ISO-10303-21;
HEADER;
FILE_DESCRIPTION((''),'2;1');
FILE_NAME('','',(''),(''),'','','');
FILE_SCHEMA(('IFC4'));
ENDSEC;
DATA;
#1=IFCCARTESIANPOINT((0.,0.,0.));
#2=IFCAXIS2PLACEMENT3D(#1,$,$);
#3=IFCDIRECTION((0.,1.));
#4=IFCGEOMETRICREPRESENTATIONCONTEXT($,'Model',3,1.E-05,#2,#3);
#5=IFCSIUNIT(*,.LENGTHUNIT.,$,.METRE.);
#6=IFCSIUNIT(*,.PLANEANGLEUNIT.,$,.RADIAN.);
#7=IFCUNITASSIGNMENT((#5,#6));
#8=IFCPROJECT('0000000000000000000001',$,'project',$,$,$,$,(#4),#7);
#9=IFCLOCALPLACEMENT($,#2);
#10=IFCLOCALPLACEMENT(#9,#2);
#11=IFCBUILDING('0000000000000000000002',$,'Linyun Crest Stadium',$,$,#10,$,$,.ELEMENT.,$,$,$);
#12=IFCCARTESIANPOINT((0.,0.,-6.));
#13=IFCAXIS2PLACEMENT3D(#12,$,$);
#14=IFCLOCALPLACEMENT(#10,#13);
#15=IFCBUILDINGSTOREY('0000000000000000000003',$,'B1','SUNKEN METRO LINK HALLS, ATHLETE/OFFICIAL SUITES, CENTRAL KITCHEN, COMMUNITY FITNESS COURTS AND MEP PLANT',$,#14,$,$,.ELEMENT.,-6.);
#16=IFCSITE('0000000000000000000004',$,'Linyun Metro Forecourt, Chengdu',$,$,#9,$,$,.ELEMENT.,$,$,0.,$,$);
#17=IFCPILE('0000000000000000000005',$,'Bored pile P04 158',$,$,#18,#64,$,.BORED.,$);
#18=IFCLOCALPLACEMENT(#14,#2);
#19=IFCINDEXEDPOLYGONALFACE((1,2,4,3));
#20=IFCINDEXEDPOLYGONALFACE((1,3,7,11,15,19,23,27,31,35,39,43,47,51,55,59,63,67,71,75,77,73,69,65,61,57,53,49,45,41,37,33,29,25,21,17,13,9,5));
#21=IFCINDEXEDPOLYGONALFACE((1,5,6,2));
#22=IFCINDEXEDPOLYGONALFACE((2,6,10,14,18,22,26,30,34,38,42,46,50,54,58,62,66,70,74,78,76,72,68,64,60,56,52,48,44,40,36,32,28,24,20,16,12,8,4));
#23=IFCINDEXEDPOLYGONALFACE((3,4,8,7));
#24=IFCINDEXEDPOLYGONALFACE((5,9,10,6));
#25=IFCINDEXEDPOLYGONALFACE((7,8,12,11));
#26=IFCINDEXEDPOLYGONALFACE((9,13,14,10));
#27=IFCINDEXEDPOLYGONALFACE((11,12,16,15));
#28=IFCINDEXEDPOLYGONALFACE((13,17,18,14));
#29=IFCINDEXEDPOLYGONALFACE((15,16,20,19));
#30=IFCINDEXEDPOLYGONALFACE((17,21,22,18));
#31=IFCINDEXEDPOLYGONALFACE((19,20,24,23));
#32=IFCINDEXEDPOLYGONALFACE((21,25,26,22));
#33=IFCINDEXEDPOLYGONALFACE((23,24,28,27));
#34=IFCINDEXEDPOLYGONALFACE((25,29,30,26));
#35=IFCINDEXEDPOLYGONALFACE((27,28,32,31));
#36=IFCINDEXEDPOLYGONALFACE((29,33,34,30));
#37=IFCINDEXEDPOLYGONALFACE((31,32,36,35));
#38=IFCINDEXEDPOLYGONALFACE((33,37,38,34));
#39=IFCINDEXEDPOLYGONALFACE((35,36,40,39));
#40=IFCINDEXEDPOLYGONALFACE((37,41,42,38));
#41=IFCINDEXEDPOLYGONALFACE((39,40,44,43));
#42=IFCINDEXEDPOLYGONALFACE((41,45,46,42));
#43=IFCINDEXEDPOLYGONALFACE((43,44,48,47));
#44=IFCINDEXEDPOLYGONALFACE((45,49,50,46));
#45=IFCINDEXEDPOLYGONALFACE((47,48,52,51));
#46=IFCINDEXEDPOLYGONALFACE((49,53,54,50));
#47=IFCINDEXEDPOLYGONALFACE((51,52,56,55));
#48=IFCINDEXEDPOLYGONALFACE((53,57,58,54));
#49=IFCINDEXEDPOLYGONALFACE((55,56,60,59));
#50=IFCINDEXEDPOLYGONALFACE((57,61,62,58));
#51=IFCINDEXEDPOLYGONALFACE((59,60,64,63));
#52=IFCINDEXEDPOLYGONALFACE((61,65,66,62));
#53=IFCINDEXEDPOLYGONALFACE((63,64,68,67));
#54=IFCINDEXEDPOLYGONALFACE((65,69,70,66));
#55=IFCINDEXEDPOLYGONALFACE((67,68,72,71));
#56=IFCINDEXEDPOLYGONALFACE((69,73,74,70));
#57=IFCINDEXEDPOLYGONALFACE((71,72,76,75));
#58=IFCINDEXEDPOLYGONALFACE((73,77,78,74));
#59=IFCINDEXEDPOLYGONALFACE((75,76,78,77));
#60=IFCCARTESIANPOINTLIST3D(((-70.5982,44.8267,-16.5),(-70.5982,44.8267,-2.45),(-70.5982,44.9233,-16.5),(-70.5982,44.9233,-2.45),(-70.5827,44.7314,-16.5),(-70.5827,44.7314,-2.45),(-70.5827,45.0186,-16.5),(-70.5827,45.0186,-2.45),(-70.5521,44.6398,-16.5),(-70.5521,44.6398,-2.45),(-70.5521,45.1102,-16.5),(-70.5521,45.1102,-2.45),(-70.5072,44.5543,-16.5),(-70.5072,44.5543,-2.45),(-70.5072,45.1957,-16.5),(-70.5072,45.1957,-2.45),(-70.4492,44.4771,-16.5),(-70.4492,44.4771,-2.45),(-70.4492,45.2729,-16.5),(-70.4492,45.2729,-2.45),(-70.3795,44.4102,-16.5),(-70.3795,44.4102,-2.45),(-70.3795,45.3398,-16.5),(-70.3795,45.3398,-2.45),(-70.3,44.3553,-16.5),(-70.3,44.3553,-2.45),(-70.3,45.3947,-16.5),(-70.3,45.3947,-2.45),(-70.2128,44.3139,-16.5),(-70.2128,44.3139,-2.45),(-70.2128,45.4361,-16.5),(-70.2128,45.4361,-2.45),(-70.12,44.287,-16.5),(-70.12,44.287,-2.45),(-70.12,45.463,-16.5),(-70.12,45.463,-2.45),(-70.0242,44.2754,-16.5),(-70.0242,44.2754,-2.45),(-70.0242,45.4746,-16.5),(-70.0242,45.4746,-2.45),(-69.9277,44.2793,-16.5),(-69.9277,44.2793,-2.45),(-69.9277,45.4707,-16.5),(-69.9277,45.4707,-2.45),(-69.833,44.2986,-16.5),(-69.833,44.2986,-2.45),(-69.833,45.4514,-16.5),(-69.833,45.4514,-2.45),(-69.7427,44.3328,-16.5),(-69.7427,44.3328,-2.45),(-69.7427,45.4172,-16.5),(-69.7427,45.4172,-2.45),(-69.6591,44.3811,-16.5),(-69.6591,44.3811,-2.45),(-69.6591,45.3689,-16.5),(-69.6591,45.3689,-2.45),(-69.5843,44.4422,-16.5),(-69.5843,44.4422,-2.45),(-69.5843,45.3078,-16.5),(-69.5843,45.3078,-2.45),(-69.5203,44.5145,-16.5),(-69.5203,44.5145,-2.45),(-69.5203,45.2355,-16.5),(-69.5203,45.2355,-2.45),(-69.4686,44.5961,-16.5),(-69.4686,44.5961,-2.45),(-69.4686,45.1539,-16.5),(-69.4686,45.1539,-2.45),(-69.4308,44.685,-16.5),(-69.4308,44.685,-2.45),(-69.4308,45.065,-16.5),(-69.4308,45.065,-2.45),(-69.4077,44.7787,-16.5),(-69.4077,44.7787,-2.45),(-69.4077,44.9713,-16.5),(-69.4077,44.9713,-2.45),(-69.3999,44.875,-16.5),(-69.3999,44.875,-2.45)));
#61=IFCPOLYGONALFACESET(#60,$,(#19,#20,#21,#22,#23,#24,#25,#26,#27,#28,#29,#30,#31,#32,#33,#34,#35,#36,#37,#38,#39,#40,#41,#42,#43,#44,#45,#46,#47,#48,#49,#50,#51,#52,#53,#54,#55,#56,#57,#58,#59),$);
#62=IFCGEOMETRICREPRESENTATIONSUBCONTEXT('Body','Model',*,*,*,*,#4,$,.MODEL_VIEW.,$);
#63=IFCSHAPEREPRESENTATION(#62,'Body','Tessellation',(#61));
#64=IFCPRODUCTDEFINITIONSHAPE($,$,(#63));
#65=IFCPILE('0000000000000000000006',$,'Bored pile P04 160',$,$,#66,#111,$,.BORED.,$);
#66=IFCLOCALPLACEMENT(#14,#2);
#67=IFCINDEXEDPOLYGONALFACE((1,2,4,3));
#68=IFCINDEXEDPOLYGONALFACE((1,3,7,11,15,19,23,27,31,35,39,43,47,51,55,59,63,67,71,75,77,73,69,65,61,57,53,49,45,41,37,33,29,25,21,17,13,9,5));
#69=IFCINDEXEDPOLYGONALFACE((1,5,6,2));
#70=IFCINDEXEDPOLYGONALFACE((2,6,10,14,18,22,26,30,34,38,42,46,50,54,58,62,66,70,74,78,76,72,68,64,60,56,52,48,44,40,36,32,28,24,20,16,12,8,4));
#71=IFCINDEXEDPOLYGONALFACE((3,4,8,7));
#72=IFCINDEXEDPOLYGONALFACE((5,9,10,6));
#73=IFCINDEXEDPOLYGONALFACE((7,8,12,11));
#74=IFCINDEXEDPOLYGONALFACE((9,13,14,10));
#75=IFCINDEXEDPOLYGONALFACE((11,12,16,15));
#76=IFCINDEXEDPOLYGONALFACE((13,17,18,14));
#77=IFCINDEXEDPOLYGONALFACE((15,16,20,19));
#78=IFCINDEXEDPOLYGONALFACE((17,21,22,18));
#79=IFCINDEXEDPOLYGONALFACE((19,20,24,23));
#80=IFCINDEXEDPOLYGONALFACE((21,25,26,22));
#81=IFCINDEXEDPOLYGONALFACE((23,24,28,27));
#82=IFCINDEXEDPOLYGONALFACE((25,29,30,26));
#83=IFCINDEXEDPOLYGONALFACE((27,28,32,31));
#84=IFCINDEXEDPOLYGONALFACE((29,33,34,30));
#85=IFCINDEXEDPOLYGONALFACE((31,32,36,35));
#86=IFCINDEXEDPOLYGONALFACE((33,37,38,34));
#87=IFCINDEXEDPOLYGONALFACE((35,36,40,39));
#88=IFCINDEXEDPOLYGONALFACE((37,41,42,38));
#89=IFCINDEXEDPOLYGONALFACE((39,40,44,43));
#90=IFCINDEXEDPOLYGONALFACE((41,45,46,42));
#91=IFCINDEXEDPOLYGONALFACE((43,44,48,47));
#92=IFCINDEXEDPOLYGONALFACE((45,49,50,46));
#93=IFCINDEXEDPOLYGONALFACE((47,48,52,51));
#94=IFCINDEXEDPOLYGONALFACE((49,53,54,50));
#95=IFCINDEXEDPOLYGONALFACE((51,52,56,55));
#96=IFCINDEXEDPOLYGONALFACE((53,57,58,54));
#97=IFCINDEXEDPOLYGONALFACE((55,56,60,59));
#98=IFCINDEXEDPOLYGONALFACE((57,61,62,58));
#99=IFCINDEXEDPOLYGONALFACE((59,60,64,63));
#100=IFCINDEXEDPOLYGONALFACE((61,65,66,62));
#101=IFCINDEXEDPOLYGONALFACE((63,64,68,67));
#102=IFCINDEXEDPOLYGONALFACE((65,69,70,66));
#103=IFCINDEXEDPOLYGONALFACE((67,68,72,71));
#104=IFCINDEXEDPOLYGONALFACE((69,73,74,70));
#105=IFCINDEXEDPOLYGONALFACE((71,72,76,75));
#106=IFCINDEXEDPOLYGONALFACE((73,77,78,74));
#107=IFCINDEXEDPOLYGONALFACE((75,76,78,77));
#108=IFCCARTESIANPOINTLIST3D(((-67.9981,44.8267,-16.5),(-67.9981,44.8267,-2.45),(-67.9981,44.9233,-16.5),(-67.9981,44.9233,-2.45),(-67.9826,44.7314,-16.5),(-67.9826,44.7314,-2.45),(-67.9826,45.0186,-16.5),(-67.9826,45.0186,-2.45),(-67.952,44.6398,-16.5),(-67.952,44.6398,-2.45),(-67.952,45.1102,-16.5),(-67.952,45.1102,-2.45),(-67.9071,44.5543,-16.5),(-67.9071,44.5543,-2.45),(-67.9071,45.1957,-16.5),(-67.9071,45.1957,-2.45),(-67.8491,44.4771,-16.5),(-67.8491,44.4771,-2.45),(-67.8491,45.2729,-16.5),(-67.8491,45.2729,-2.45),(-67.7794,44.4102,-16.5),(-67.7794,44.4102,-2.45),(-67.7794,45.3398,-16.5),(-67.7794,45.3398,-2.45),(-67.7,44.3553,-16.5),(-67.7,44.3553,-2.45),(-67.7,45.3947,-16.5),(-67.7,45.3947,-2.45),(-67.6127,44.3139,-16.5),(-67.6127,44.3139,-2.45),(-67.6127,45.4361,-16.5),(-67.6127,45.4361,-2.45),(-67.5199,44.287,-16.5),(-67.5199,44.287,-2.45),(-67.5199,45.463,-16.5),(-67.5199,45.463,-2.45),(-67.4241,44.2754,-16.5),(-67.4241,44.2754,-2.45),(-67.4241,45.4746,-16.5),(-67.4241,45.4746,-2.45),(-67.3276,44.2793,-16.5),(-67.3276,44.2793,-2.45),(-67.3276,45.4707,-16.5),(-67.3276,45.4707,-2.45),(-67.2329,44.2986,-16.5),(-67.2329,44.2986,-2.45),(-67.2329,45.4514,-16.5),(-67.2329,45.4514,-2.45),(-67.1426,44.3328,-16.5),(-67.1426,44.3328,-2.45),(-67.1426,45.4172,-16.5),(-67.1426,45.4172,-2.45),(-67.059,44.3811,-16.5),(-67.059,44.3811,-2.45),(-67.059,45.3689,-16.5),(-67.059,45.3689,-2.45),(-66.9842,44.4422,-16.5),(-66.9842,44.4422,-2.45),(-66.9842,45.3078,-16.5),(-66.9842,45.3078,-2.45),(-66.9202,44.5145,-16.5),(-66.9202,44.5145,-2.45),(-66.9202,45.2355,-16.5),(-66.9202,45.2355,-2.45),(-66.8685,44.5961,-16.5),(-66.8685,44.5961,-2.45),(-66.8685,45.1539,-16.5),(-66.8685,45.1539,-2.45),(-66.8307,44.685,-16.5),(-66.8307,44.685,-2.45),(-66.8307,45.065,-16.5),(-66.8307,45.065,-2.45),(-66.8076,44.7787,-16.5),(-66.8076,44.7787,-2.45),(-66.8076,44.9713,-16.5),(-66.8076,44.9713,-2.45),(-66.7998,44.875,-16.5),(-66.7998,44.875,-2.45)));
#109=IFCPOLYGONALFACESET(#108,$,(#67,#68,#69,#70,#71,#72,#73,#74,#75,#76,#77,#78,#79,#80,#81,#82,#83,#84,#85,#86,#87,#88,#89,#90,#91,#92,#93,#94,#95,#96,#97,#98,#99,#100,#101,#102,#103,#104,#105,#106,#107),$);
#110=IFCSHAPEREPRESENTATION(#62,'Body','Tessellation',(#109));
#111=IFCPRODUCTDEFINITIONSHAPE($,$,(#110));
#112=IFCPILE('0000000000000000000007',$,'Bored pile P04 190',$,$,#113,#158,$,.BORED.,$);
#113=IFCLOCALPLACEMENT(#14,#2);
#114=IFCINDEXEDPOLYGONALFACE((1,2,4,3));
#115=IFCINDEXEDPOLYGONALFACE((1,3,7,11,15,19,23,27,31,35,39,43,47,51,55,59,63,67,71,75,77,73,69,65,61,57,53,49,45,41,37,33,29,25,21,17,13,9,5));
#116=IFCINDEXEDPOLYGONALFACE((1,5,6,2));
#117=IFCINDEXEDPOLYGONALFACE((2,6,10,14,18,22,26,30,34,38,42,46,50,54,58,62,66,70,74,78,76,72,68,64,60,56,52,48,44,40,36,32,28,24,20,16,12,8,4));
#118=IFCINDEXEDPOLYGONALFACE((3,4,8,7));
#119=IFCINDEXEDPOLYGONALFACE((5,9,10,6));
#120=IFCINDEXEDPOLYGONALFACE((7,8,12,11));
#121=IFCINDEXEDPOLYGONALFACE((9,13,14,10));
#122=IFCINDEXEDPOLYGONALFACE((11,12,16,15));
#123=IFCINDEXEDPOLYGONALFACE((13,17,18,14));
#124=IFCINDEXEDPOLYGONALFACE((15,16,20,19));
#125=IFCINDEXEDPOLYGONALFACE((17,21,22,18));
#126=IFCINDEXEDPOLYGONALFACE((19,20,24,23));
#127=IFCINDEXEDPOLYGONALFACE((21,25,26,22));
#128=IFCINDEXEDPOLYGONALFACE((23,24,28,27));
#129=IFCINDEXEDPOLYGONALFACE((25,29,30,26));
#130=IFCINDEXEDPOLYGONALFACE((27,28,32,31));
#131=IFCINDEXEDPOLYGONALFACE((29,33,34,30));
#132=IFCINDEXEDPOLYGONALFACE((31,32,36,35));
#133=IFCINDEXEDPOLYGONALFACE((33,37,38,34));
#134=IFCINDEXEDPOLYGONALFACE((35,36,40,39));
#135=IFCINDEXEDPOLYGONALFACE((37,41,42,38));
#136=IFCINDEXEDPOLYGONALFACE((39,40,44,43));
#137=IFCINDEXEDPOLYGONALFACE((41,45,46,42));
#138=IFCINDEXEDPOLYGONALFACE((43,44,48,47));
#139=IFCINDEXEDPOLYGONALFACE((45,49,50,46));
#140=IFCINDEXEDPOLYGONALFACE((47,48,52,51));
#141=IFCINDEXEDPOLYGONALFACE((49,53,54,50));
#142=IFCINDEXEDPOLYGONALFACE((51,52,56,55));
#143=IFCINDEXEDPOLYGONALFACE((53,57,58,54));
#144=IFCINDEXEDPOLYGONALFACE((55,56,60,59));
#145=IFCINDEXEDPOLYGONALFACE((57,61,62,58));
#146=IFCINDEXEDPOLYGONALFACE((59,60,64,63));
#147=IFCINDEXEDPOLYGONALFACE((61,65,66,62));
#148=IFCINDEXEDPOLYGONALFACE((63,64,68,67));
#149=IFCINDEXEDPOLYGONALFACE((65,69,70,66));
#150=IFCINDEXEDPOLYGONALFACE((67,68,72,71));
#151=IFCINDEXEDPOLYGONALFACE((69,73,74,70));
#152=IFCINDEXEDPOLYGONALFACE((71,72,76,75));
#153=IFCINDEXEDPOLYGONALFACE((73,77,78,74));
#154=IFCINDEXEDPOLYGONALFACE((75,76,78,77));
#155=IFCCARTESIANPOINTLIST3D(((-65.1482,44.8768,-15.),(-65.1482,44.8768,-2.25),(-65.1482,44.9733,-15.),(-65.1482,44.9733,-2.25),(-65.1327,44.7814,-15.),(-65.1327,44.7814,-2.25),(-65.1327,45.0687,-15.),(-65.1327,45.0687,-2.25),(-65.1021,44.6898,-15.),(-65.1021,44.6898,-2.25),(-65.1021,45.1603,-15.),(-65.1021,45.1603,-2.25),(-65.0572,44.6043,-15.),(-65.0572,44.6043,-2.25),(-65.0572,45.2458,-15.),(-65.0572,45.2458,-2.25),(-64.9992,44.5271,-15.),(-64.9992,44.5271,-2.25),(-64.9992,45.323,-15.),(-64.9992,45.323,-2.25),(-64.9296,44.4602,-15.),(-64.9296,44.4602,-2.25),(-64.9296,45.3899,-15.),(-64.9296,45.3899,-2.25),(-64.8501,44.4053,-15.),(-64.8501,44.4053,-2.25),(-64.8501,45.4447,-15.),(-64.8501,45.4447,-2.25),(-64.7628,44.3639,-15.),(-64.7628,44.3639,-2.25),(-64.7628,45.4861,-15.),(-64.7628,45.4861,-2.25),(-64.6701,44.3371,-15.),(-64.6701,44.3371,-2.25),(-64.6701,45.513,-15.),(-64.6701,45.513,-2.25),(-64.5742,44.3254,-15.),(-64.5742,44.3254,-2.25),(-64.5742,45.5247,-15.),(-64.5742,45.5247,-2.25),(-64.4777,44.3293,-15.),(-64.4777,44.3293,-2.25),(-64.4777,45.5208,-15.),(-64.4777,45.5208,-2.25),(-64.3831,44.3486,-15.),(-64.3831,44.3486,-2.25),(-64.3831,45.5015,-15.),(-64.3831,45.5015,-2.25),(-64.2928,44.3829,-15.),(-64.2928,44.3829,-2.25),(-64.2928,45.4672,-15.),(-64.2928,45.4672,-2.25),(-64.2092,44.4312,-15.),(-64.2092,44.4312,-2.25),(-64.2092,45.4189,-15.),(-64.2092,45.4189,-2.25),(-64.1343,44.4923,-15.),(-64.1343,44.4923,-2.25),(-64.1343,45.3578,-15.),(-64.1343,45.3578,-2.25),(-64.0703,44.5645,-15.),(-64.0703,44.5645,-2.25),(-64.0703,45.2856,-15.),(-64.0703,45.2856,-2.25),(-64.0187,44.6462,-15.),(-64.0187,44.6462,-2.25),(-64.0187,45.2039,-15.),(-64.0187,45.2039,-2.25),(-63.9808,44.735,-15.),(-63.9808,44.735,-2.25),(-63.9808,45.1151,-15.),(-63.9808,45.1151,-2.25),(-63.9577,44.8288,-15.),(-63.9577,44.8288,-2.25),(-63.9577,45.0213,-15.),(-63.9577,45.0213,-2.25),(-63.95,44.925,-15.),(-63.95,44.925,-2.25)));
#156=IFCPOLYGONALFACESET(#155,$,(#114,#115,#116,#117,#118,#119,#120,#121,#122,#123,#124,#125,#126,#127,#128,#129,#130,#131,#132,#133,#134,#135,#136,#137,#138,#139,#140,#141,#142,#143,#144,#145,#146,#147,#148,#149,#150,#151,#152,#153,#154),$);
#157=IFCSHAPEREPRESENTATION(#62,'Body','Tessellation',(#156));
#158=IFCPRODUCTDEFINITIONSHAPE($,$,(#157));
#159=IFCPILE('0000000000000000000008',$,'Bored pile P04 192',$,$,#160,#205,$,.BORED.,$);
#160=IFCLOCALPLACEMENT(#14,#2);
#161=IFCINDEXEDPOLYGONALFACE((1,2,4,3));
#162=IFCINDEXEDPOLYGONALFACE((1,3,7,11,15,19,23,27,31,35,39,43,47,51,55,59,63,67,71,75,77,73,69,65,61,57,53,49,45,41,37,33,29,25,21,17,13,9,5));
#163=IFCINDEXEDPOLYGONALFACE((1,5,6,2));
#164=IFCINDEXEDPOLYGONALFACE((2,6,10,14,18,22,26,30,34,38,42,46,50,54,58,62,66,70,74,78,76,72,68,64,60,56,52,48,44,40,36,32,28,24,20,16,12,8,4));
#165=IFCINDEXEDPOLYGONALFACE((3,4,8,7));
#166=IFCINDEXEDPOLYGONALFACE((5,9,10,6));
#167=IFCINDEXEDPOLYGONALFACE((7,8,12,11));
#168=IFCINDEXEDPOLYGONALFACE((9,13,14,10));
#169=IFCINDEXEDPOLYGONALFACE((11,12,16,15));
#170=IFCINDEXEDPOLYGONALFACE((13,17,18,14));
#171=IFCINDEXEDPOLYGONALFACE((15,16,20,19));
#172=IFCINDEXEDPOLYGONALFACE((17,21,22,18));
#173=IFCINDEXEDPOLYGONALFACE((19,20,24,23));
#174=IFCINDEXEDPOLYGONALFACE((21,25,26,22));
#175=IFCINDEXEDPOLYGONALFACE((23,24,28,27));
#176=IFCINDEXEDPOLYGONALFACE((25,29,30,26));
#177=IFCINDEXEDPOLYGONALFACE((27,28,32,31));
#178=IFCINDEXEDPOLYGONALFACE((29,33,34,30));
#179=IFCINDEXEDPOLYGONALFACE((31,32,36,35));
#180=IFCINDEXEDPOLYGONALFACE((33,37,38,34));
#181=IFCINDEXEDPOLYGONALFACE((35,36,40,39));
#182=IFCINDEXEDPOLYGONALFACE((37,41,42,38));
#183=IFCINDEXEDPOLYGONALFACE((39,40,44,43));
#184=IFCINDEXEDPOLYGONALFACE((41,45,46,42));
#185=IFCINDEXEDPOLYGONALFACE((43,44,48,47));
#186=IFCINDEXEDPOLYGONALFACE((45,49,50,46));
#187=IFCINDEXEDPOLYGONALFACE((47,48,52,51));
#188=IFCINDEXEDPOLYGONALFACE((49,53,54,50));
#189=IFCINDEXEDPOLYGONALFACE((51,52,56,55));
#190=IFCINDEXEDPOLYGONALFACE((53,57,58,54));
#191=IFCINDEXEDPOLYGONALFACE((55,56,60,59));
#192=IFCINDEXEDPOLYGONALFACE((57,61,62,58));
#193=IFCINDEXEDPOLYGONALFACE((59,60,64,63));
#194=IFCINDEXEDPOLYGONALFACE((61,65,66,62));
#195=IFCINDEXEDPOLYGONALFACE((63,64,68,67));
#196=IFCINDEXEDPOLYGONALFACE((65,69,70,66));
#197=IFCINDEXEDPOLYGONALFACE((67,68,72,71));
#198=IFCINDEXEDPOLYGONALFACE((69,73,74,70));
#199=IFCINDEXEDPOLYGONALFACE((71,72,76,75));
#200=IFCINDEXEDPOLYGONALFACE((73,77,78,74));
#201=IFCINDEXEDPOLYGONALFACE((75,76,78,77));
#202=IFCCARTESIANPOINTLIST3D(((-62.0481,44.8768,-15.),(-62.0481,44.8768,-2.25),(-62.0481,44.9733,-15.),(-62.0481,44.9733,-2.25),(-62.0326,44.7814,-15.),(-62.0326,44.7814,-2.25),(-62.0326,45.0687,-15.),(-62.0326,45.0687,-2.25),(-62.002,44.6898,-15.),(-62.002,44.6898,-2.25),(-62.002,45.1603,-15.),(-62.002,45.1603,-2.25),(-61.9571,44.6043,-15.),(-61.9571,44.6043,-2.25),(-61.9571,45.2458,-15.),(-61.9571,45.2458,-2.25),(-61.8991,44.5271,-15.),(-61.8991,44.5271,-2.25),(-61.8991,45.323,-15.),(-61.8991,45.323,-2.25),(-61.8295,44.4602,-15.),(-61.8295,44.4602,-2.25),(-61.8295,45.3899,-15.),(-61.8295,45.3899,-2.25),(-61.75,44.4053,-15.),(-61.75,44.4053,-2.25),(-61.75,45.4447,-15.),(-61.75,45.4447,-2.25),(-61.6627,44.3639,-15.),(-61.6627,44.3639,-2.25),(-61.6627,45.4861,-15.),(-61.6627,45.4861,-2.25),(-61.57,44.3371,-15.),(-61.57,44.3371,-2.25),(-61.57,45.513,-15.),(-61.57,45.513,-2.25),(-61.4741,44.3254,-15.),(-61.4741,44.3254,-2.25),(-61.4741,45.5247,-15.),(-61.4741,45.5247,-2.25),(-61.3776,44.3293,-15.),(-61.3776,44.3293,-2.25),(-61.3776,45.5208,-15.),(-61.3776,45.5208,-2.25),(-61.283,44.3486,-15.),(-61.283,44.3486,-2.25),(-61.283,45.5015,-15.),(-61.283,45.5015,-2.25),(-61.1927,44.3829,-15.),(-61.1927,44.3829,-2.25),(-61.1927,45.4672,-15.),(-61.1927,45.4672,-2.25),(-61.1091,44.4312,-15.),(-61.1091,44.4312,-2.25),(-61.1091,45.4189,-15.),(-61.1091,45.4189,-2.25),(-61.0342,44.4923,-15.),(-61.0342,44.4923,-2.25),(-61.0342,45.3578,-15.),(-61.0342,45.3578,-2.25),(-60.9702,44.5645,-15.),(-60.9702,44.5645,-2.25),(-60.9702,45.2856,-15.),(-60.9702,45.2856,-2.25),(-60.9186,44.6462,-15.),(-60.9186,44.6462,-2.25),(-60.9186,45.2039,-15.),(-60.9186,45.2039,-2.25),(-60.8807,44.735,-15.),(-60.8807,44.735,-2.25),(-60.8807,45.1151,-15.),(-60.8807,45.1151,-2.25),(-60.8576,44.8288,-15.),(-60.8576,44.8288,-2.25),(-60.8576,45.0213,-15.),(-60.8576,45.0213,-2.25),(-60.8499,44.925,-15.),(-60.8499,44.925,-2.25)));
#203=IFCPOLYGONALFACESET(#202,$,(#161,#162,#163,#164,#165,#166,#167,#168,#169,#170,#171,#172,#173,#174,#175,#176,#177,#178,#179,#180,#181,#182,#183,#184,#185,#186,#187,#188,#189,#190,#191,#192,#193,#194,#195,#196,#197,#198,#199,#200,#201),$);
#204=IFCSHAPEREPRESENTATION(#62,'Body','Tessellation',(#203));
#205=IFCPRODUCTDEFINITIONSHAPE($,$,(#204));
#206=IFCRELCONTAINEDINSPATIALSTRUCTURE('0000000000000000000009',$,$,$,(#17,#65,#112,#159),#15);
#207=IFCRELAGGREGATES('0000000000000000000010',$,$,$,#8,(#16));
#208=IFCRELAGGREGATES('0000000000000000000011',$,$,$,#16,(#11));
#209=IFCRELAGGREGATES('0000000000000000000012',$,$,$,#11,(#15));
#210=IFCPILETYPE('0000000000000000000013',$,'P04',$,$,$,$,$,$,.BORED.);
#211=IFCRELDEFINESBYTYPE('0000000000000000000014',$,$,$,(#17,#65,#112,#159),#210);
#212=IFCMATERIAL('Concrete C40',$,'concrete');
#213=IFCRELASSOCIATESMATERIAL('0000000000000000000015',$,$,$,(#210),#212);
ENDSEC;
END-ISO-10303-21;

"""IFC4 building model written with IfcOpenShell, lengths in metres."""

from ifc_helpers import new_model, si_unit, direction, frame, origin, origin_2d, place, context, subcontext, project, spatial, circle, extrude, material, material_profile, profile_set, type_object, element, save


model = new_model("IFC4")

# Units and contexts
model_context = context("Model", 3, precision=1e-05, world=origin(), true_north=direction((0.0, 1.0)))
body_context = subcontext(model_context, "Body", "Model", "MODEL_VIEW")
ifc_project = project(units=[si_unit("LENGTHUNIT", "METRE"), si_unit("PLANEANGLEUNIT", "RADIAN")], contexts=[model_context])

# Site, building, storey
site_placement = place(None, origin())
site = spatial("IfcSite", under=ifc_project, at=site_placement, Name="Linyun Metro Forecourt, Chengdu", CompositionType="ELEMENT", RefElevation=0.0)
building_placement = place(site_placement, origin())
building = spatial("IfcBuilding", under=site, at=building_placement, Name="Linyun Crest Stadium", CompositionType="ELEMENT")
storey_placement = place(building_placement, frame((0.0, 0.0, -6.0)))
storey = spatial("IfcBuildingStorey", under=building, at=storey_placement, Name="B1", Description="SUNKEN METRO LINK HALLS, ATHLETE/OFFICIAL SUITES, CENTRAL KITCHEN, COMMUNITY FITNESS COURTS AND MEP PLANT", CompositionType="ELEMENT", Elevation=-6.0)

# Piles
ifc_material_1 = material(Name="Concrete C40", Category="concrete")
ifc_material_profile_1 = material_profile(ifc_material_1, circle(Radius=0.6001, at=origin_2d()), Name="BORED PILE 1200")
ifc_profile_set_1 = profile_set([ifc_material_profile_1], Name="Concrete C40")
pile_type = type_object("IfcPileType", Name="P04", PredefinedType="BORED", material=ifc_profile_set_1)
for number, where, z_axis, x_axis, name in (
    (1, (-70.0, 44.875, -2.45), (0.0, 0.0, -1.0), (1.0, 0.0, 0.0), "Bored pile P04 158"),
    (2, (-67.3999, 44.875, -2.45), (0.0, 0.0, -1.0), (1.0, 0.0, 0.0), "Bored pile P04 160"),
):
    element("IfcPile", number, at=place(storey_placement, frame(where, z_axis=z_axis, x_axis=x_axis)), inside=storey, type_object=pile_type, Name=name, PredefinedType="BORED", context=body_context, shape_type="SweptSolid", body=[
        extrude(circle(Radius=0.6001, at=origin_2d()), origin(), (0.0, 0.0, 1.0), 14.05),
    ])
for number, where, z_axis, x_axis, name in (
    (3, (-64.55, 44.925, -2.25), (0.0, 0.0, -1.0), (1.0, 0.0, 0.0), "Bored pile P04 190"),
    (4, (-61.45, 44.925, -2.25), (0.0, 0.0, -1.0), (1.0, 0.0, 0.0), "Bored pile P04 192"),
):
    element("IfcPile", number, at=place(storey_placement, frame(where, z_axis=z_axis, x_axis=x_axis)), inside=storey, type_object=pile_type, Name=name, PredefinedType="BORED", context=body_context, shape_type="SweptSolid", body=[
        extrude(circle(Radius=0.6001, at=origin_2d()), origin(), (0.0, 0.0, 1.0), 12.75),
    ])

save(model, "model.ifc")
